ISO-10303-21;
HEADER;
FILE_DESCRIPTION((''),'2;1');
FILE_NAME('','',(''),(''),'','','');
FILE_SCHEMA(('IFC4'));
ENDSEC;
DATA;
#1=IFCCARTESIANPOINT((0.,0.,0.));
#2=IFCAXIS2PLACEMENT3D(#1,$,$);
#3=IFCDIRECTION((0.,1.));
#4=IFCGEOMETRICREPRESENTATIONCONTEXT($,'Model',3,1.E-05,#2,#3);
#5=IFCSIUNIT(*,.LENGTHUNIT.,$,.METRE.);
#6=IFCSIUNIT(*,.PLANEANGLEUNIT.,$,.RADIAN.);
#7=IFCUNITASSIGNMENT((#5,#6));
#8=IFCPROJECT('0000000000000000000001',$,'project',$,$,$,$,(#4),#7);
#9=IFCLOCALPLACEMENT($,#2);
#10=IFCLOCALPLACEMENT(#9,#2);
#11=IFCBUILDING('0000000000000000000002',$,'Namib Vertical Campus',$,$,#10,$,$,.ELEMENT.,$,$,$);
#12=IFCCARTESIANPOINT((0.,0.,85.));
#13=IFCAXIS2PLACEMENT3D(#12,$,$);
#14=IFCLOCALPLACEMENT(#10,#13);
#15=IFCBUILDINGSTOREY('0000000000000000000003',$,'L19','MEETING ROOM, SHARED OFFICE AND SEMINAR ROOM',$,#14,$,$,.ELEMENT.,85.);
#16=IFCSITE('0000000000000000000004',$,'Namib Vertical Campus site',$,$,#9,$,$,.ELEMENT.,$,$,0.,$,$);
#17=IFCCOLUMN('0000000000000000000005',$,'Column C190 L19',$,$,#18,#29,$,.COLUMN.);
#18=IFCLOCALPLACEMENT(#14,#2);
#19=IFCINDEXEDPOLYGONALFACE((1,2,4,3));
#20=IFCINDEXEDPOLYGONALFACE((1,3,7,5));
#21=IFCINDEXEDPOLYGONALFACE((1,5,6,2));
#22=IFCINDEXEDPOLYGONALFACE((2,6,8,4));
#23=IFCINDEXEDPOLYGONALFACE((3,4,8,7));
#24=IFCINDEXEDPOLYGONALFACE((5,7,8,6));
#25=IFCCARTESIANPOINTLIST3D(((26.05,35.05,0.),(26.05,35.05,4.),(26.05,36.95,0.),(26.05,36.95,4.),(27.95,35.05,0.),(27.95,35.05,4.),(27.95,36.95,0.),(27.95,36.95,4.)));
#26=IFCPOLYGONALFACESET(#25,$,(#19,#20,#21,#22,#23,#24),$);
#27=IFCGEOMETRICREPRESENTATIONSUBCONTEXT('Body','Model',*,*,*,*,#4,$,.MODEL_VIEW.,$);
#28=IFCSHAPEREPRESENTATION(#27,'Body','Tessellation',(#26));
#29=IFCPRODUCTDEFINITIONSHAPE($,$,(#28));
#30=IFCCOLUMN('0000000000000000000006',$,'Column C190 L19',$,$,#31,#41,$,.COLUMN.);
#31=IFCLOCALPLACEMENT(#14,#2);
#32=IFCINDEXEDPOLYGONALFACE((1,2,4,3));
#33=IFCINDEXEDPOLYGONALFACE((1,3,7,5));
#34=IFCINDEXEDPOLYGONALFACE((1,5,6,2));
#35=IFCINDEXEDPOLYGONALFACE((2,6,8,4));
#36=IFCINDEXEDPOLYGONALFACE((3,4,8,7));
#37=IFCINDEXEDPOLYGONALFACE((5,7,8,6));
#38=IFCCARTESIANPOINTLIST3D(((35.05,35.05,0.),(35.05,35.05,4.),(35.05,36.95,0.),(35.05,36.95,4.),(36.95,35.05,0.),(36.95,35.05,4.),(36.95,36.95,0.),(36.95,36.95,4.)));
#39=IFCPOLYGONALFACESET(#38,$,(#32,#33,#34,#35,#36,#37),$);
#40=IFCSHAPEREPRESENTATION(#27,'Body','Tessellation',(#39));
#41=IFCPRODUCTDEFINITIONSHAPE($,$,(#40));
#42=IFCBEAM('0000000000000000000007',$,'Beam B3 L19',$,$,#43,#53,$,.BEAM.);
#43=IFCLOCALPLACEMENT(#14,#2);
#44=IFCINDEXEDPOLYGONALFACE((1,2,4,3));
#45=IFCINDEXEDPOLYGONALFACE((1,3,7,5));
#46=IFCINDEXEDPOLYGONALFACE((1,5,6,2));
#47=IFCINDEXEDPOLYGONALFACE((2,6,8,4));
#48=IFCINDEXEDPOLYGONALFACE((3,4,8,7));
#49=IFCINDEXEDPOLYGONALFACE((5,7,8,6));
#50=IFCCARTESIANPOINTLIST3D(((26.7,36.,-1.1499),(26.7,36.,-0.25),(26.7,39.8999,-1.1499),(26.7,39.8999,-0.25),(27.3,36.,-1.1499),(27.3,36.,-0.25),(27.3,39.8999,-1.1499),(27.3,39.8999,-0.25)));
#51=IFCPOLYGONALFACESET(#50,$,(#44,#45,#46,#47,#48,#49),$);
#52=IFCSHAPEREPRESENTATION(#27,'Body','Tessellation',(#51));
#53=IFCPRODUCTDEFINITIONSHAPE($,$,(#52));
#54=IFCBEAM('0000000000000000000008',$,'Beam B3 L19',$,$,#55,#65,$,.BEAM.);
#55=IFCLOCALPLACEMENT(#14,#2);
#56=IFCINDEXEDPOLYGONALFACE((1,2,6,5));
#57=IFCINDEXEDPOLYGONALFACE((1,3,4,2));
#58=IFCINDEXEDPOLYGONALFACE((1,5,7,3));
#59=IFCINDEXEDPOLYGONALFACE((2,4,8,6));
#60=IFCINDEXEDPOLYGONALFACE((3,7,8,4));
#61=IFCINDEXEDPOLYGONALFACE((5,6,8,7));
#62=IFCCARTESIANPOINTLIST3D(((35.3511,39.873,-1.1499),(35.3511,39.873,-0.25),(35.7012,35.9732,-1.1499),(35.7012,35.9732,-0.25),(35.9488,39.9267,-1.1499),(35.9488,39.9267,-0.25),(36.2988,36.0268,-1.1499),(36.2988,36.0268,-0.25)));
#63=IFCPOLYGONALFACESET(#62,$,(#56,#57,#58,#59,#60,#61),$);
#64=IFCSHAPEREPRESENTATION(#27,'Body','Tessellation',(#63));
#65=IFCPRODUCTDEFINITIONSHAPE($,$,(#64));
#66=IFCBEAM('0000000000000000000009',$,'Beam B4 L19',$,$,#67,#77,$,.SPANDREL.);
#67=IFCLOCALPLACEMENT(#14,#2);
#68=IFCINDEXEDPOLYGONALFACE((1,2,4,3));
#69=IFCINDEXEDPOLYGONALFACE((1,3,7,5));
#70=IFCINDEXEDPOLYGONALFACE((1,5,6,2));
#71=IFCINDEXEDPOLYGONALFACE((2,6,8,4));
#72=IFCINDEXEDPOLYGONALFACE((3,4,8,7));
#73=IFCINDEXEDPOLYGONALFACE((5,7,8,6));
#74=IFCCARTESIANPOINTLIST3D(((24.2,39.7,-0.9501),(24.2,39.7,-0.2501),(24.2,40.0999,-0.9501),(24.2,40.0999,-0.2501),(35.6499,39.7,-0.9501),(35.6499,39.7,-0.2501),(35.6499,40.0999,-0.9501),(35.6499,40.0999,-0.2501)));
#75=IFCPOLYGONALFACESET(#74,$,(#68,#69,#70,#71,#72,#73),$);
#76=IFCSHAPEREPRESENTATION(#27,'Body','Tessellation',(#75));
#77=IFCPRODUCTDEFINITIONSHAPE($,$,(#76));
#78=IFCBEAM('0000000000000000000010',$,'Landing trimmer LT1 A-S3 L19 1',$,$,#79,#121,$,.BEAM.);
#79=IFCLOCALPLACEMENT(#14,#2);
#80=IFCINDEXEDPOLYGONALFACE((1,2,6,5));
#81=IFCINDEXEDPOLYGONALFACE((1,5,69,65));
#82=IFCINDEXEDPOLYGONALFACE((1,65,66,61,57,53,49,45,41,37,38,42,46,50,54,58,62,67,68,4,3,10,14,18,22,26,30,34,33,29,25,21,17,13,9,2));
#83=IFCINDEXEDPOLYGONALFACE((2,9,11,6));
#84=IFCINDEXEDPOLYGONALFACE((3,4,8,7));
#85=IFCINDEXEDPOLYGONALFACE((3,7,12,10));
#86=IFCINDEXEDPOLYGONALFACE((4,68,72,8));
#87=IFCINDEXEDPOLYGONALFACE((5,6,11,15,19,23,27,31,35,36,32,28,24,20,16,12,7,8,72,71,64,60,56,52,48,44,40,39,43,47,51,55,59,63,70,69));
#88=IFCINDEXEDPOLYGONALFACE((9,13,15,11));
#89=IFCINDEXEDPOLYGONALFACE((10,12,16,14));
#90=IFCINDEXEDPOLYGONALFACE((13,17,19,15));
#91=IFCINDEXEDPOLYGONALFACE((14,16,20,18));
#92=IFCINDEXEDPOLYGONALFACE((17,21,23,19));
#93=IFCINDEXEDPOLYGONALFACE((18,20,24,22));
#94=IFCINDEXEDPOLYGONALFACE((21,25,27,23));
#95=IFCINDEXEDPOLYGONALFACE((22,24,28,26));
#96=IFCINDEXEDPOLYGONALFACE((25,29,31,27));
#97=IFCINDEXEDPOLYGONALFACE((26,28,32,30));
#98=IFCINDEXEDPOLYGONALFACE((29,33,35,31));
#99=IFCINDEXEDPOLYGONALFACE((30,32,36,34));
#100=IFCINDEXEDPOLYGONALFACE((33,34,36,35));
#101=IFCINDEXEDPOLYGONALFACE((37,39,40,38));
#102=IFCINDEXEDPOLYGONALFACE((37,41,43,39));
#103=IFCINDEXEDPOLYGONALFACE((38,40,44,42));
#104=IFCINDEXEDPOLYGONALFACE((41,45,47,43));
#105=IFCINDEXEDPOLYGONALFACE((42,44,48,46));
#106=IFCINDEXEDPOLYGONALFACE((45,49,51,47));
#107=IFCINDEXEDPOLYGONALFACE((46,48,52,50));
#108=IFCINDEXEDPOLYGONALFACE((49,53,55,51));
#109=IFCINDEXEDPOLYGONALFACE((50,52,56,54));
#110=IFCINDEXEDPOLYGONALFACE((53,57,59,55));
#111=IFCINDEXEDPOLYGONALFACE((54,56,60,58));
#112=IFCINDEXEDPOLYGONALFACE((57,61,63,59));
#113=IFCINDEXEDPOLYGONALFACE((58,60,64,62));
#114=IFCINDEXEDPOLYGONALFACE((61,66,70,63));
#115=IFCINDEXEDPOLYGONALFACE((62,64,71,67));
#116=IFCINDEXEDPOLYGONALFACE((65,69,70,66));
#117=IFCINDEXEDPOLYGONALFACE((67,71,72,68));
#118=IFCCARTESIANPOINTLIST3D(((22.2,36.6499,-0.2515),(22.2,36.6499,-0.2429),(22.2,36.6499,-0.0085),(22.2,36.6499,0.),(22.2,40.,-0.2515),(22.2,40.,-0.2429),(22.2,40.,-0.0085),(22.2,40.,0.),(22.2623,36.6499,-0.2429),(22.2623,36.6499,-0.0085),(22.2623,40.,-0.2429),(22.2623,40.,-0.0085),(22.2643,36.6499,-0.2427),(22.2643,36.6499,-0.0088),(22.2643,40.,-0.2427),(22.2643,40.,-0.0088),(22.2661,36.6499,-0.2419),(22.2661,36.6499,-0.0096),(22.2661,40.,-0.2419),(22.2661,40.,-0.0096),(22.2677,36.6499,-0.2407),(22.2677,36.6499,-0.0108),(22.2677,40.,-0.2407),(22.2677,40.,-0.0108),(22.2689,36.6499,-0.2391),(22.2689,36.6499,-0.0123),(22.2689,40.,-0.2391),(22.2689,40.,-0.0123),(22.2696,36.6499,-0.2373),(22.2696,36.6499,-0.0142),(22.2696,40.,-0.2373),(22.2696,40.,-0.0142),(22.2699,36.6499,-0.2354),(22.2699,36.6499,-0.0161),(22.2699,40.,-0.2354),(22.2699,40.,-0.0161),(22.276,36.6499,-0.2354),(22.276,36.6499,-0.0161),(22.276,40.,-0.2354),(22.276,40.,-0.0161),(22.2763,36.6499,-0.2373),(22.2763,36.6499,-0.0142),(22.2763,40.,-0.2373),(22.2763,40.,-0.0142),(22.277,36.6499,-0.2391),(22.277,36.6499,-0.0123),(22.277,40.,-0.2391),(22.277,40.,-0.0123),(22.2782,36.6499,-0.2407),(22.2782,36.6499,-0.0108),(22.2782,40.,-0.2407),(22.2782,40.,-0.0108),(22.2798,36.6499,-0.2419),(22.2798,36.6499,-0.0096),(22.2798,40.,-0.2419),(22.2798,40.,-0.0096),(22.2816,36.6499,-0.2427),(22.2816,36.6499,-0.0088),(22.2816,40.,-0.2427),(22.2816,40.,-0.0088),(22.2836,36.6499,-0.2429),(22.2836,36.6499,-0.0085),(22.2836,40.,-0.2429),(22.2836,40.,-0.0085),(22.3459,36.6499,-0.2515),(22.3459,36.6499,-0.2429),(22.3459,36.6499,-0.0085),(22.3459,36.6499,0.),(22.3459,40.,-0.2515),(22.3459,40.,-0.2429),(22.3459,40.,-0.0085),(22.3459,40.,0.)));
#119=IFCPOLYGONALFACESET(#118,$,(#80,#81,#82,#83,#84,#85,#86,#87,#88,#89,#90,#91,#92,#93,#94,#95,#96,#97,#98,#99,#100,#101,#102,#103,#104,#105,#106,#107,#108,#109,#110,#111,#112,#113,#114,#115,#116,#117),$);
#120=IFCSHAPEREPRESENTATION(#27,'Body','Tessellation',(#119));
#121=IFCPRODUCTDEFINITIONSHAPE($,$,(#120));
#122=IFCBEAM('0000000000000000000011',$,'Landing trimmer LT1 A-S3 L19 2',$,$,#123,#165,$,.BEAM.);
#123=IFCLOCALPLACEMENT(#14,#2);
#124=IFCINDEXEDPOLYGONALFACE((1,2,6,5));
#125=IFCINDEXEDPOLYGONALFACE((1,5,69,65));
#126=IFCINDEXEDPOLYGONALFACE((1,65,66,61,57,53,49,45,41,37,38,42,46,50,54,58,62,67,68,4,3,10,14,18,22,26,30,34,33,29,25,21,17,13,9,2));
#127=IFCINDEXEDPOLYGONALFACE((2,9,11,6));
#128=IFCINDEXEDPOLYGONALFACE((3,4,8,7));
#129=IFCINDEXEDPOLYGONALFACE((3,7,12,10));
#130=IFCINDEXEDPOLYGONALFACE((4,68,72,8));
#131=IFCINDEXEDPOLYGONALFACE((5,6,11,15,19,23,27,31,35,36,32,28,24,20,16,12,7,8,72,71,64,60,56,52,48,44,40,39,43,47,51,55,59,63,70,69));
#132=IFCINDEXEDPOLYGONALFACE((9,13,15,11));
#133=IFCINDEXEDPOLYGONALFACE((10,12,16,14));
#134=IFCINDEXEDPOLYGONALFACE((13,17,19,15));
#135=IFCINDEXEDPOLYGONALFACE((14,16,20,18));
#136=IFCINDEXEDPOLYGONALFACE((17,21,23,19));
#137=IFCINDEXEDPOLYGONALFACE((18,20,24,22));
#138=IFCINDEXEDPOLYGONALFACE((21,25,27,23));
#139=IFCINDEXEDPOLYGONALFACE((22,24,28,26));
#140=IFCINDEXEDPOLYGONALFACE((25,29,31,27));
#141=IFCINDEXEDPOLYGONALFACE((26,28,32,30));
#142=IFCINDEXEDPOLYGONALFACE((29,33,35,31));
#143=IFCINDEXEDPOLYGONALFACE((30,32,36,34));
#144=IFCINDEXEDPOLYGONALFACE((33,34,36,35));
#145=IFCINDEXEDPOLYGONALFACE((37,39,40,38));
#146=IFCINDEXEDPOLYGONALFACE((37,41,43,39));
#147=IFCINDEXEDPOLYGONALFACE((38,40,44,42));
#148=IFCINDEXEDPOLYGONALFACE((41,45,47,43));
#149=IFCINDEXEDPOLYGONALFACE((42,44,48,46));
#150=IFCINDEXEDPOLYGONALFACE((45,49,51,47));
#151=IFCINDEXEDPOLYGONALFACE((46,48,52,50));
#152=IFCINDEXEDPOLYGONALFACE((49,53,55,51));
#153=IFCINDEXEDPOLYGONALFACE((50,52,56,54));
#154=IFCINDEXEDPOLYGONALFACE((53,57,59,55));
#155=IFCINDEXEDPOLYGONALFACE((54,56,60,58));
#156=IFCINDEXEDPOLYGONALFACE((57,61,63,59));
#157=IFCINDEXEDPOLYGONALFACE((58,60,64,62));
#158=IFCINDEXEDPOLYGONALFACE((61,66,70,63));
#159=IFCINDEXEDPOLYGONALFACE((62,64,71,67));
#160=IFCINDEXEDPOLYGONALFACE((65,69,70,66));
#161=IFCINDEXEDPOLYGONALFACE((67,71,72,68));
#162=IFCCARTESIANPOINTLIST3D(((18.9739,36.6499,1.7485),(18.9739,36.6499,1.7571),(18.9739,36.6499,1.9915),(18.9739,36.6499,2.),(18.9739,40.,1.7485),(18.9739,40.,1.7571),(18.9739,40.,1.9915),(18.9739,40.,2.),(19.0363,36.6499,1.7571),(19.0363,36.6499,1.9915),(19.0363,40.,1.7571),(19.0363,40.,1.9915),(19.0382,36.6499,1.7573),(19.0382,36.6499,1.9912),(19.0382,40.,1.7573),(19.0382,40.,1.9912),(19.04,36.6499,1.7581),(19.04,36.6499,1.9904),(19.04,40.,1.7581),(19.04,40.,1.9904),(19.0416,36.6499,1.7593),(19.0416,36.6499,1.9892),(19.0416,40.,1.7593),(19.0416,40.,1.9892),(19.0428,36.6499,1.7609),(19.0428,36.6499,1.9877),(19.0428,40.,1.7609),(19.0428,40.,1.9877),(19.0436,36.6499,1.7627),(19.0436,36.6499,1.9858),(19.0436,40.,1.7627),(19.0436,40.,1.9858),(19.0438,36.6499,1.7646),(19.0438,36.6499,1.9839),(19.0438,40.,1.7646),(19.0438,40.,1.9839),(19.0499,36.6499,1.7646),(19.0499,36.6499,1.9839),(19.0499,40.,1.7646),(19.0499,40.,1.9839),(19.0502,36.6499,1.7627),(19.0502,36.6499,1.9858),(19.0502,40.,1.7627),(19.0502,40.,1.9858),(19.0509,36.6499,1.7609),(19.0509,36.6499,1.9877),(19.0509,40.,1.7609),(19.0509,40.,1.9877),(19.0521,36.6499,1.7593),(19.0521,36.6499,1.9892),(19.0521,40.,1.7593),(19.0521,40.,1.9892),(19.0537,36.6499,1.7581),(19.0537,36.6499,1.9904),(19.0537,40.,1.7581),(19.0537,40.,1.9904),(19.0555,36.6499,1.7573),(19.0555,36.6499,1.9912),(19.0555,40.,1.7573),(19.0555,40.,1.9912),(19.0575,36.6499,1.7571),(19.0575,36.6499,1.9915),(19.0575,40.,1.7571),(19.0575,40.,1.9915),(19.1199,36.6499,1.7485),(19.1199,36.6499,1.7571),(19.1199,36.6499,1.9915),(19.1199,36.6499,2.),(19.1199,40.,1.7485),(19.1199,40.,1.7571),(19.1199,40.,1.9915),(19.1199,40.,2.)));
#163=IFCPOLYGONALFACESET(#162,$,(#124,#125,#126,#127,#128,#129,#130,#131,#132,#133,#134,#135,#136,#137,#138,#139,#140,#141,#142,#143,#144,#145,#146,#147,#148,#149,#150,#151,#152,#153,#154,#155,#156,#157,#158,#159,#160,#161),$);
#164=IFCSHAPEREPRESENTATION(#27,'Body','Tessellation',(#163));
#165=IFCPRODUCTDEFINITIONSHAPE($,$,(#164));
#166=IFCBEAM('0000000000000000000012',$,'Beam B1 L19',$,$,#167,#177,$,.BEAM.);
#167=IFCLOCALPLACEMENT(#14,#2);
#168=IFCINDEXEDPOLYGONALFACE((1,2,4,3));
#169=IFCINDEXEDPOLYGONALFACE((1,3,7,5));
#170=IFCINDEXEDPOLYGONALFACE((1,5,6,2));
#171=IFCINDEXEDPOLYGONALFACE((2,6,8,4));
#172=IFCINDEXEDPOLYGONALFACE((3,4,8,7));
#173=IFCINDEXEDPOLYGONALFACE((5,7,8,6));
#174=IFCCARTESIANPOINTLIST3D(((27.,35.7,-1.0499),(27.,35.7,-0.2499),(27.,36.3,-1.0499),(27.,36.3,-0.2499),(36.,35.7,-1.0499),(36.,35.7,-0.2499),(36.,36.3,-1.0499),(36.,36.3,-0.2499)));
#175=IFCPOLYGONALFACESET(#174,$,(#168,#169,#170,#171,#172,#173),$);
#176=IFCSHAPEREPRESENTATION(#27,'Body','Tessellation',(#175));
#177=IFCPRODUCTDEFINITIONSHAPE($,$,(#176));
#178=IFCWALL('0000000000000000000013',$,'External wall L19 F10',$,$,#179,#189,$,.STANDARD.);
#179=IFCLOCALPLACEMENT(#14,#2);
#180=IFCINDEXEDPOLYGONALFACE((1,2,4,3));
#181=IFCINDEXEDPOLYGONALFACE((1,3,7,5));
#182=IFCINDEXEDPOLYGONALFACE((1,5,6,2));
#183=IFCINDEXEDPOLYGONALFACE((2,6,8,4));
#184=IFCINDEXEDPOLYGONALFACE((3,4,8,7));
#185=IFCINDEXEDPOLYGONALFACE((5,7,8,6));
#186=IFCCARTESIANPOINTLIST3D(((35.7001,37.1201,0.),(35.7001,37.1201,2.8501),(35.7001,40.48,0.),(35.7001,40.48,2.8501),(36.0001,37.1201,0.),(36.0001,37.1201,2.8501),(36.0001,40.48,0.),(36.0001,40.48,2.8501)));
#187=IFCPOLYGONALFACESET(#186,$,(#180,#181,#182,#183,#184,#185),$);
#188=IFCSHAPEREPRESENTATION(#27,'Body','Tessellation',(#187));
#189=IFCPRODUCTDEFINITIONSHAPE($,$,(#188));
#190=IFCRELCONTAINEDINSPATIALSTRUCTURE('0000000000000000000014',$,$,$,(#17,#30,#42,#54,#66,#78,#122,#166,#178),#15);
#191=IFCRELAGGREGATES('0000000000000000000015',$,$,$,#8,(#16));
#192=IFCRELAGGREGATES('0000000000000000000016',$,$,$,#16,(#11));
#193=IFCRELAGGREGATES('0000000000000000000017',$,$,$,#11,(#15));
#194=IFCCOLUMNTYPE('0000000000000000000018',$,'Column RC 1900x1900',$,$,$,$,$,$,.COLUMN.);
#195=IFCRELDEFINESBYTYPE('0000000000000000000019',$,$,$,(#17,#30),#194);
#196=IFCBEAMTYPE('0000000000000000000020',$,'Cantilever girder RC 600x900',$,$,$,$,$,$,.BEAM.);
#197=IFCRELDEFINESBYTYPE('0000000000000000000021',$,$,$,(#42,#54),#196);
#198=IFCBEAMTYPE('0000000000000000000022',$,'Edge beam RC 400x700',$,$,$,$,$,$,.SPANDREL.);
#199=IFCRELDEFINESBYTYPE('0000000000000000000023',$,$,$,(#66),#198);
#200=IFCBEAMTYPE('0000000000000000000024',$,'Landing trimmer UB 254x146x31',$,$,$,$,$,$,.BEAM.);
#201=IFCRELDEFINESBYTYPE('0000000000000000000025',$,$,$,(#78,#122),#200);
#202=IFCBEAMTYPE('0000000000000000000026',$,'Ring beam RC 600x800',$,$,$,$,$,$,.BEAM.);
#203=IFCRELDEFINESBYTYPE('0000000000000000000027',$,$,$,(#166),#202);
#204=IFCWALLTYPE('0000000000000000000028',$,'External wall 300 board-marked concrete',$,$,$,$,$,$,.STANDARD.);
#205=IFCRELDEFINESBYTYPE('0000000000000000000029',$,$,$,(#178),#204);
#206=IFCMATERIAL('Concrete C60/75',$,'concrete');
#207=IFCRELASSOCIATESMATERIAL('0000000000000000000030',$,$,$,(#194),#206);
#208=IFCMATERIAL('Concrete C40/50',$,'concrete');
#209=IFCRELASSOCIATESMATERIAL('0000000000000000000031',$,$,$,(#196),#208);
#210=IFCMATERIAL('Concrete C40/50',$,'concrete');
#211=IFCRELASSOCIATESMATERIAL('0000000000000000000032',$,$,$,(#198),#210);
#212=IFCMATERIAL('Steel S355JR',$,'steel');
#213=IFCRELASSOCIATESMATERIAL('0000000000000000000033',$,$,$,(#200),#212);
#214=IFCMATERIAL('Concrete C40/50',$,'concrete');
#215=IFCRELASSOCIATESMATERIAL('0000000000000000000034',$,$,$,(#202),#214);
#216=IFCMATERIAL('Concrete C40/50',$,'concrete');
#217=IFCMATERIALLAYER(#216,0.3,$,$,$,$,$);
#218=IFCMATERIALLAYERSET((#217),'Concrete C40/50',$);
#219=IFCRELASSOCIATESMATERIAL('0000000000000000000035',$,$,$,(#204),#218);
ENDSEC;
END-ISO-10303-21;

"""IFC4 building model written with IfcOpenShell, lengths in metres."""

from ifc_helpers import new_model, si_unit, direction, frame, frame_2d, origin, origin_2d, place, context, subcontext, project, spatial, rectangle, i_section, extrude, material, layer, layer_set, material_profile, profile_set, type_object, element, save


model = new_model("IFC4")

# Units and contexts
model_context = context("Model", 3, precision=1e-05, world=origin(), true_north=direction((0.0, 1.0)))
body_context = subcontext(model_context, "Body", "Model", "MODEL_VIEW")
ifc_project = project(units=[si_unit("LENGTHUNIT", "METRE"), si_unit("PLANEANGLEUNIT", "RADIAN")], contexts=[model_context])

# Site, building, storey
site_placement = place(None, origin())
site = spatial("IfcSite", under=ifc_project, at=site_placement, Name="Namib Vertical Campus site", CompositionType="ELEMENT", RefElevation=0.0)
building_placement = place(site_placement, origin())
building = spatial("IfcBuilding", under=site, at=building_placement, Name="Namib Vertical Campus", CompositionType="ELEMENT")
storey_placement = place(building_placement, frame((0.0, 0.0, 85.0)))
storey = spatial("IfcBuildingStorey", under=building, at=storey_placement, Name="L19", Description="MEETING ROOM, SHARED OFFICE AND SEMINAR ROOM", CompositionType="ELEMENT", Elevation=85.0)

# Columns
ifc_material_1 = material(Name="Concrete C60/75", Category="concrete")
ifc_material_profile_1 = material_profile(ifc_material_1, rectangle(XDim=1.8999, YDim=1.8999, at=origin_2d()))
ifc_profile_set_1 = profile_set([ifc_material_profile_1], Name="Concrete C60/75")
column_type = type_object("IfcColumnType", Name="Column RC 1900x1900", PredefinedType="COLUMN", material=ifc_profile_set_1)
for number, where, z_axis, x_axis, name in (
    (1, (27.0, 36.0, 0.0), (0.0, 0.0, 1.0), (1.0, 0.0, 0.0), "Column C190 L19"),
    (2, (36.0, 36.0, 0.0), (0.0, 0.0, 1.0), (1.0, 0.0, 0.0), "Column C190 L19"),
):
    element("IfcColumn", number, at=place(storey_placement, frame(where, z_axis=z_axis, x_axis=x_axis)), inside=storey, type_object=column_type, Name=name, PredefinedType="COLUMN", context=body_context, shape_type="SweptSolid", body=[
        extrude(rectangle(XDim=1.8999, YDim=1.8999, at=origin_2d()), origin(), (0.0, 0.0, 1.0), 4.0),
    ])

# Beams
ifc_material_2 = material(Name="Concrete C40/50", Category="concrete")
ifc_material_profile_2 = material_profile(ifc_material_2, rectangle(XDim=0.6001, YDim=0.8999, at=origin_2d()))
ifc_profile_set_2 = profile_set([ifc_material_profile_2], Name="Concrete C40/50")
beam_type_1 = type_object("IfcBeamType", Name="Cantilever girder RC 600x900", PredefinedType="BEAM", material=ifc_profile_set_2)
beam_1_placement = place(storey_placement, frame((27.0, 36.0, -0.7), z_axis=(0.0, 1.0, 0.0), x_axis=(-1.0, 0.0, 0.0)))
element("IfcBeam", 3, at=beam_1_placement, inside=storey, type_object=beam_type_1, Name="Beam B3 L19", PredefinedType="BEAM", context=body_context, shape_type="SweptSolid", body=[
    extrude(rectangle(XDim=0.6001, YDim=0.8999, at=origin_2d()), origin(), (0.0, 0.0, 1.0), 3.8999),
])
beam_2_placement = place(storey_placement, frame((36.0, 36.0, -0.7), z_axis=(-0.089411, 0.995995, 0.0), x_axis=(-0.995995, -0.089411, 0.0)))
element("IfcBeam", 4, at=beam_2_placement, inside=storey, type_object=beam_type_1, Name="Beam B3 L19", PredefinedType="BEAM", context=body_context, shape_type="SweptSolid", body=[
    extrude(rectangle(XDim=0.6001, YDim=0.8999, at=origin_2d()), origin(), (0.0, 0.0, 1.0), 3.9155),
])
ifc_material_3 = material(Name="Concrete C40/50", Category="concrete")
ifc_material_profile_3 = material_profile(ifc_material_3, rectangle(XDim=0.3999, YDim=0.7, at=origin_2d()))
ifc_profile_set_3 = profile_set([ifc_material_profile_3], Name="Concrete C40/50")
beam_type_2 = type_object("IfcBeamType", Name="Edge beam RC 400x700", PredefinedType="SPANDREL", material=ifc_profile_set_3)
beam_3_placement = place(storey_placement, frame((24.2, 39.8999, -0.6001), z_axis=(1.0, 0.0, 0.0), x_axis=(0.0, 1.0, 0.0)))
element("IfcBeam", 5, at=beam_3_placement, inside=storey, type_object=beam_type_2, Name="Beam B4 L19", PredefinedType="SPANDREL", context=body_context, shape_type="SweptSolid", body=[
    extrude(rectangle(XDim=0.3999, YDim=0.7, at=origin_2d()), origin(), (0.0, 0.0, 1.0), 11.45),
])
ifc_material_4 = material(Name="Steel S355JR", Category="steel")
ifc_material_profile_4 = material_profile(ifc_material_4, i_section(OverallWidth=0.146, OverallDepth=0.2515, WebThickness=0.0061, FlangeThickness=0.0085, FilletRadius=0.0076, at=origin_2d()))
ifc_profile_set_4 = profile_set([ifc_material_profile_4], Name="Steel S355JR")
beam_type_3 = type_object("IfcBeamType", Name="Landing trimmer UB 254x146x31", PredefinedType="BEAM", material=ifc_profile_set_4)
for number, where, z_axis, x_axis, name in (
    (6, (22.2729, 36.6499, -0.1257), (0.0, 1.0, 0.0), (-1.0, 0.0, 0.0), "Landing trimmer LT1 A-S3 L19 1"),
    (7, (19.0469, 36.6499, 1.8743), (0.0, 1.0, 0.0), (-1.0, 0.0, 0.0), "Landing trimmer LT1 A-S3 L19 2"),
):
    element("IfcBeam", number, at=place(storey_placement, frame(where, z_axis=z_axis, x_axis=x_axis)), inside=storey, type_object=beam_type_3, Name=name, PredefinedType="BEAM", context=body_context, shape_type="SweptSolid", body=[
        extrude(i_section(OverallWidth=0.146, OverallDepth=0.2515, WebThickness=0.0061, FlangeThickness=0.0085, FilletRadius=0.0076, at=origin_2d()), origin(), (0.0, 0.0, 1.0), 3.3501),
    ])
ifc_material_5 = material(Name="Concrete C40/50", Category="concrete")
ifc_material_profile_5 = material_profile(ifc_material_5, rectangle(XDim=0.6001, YDim=0.8, at=origin_2d()))
ifc_profile_set_5 = profile_set([ifc_material_profile_5], Name="Concrete C40/50")
beam_type_4 = type_object("IfcBeamType", Name="Ring beam RC 600x800", PredefinedType="BEAM", material=ifc_profile_set_5)
beam_4_placement = place(storey_placement, frame((27.0, 36.0, -0.6499), z_axis=(1.0, 0.0, 0.0), x_axis=(0.0, 1.0, 0.0)))
element("IfcBeam", 8, at=beam_4_placement, inside=storey, type_object=beam_type_4, Name="Beam B1 L19", PredefinedType="BEAM", context=body_context, shape_type="SweptSolid", body=[
    extrude(rectangle(XDim=0.6001, YDim=0.8, at=origin_2d()), origin(), (0.0, 0.0, 1.0), 9.0),
])

# Wall
ifc_material_6 = material(Name="Concrete C40/50", Category="concrete")
ifc_layer_1 = layer(ifc_material_6, 0.3)
ifc_layer_set_1 = layer_set([ifc_layer_1], Name="Concrete C40/50")
wall_type_1 = type_object("IfcWallType", Name="External wall 300 board-marked concrete", PredefinedType="STANDARD", material=ifc_layer_set_1)
wall_1_placement = place(storey_placement, frame((35.8501, 37.1201, 0.0), z_axis=(0.0, 0.0, 1.0), x_axis=(0.0, 1.0, 0.0)))
element("IfcWall", 9, at=wall_1_placement, inside=storey, type_object=wall_type_1, Name="External wall L19 F10", PredefinedType="STANDARD", context=body_context, shape_type="SweptSolid", body=[
    extrude(rectangle(XDim=3.3599, YDim=0.3, at=frame_2d((1.6799, 0.0))), origin(), (0.0, 0.0, 1.0), 2.8501),
])

save(model, "model.ifc")
